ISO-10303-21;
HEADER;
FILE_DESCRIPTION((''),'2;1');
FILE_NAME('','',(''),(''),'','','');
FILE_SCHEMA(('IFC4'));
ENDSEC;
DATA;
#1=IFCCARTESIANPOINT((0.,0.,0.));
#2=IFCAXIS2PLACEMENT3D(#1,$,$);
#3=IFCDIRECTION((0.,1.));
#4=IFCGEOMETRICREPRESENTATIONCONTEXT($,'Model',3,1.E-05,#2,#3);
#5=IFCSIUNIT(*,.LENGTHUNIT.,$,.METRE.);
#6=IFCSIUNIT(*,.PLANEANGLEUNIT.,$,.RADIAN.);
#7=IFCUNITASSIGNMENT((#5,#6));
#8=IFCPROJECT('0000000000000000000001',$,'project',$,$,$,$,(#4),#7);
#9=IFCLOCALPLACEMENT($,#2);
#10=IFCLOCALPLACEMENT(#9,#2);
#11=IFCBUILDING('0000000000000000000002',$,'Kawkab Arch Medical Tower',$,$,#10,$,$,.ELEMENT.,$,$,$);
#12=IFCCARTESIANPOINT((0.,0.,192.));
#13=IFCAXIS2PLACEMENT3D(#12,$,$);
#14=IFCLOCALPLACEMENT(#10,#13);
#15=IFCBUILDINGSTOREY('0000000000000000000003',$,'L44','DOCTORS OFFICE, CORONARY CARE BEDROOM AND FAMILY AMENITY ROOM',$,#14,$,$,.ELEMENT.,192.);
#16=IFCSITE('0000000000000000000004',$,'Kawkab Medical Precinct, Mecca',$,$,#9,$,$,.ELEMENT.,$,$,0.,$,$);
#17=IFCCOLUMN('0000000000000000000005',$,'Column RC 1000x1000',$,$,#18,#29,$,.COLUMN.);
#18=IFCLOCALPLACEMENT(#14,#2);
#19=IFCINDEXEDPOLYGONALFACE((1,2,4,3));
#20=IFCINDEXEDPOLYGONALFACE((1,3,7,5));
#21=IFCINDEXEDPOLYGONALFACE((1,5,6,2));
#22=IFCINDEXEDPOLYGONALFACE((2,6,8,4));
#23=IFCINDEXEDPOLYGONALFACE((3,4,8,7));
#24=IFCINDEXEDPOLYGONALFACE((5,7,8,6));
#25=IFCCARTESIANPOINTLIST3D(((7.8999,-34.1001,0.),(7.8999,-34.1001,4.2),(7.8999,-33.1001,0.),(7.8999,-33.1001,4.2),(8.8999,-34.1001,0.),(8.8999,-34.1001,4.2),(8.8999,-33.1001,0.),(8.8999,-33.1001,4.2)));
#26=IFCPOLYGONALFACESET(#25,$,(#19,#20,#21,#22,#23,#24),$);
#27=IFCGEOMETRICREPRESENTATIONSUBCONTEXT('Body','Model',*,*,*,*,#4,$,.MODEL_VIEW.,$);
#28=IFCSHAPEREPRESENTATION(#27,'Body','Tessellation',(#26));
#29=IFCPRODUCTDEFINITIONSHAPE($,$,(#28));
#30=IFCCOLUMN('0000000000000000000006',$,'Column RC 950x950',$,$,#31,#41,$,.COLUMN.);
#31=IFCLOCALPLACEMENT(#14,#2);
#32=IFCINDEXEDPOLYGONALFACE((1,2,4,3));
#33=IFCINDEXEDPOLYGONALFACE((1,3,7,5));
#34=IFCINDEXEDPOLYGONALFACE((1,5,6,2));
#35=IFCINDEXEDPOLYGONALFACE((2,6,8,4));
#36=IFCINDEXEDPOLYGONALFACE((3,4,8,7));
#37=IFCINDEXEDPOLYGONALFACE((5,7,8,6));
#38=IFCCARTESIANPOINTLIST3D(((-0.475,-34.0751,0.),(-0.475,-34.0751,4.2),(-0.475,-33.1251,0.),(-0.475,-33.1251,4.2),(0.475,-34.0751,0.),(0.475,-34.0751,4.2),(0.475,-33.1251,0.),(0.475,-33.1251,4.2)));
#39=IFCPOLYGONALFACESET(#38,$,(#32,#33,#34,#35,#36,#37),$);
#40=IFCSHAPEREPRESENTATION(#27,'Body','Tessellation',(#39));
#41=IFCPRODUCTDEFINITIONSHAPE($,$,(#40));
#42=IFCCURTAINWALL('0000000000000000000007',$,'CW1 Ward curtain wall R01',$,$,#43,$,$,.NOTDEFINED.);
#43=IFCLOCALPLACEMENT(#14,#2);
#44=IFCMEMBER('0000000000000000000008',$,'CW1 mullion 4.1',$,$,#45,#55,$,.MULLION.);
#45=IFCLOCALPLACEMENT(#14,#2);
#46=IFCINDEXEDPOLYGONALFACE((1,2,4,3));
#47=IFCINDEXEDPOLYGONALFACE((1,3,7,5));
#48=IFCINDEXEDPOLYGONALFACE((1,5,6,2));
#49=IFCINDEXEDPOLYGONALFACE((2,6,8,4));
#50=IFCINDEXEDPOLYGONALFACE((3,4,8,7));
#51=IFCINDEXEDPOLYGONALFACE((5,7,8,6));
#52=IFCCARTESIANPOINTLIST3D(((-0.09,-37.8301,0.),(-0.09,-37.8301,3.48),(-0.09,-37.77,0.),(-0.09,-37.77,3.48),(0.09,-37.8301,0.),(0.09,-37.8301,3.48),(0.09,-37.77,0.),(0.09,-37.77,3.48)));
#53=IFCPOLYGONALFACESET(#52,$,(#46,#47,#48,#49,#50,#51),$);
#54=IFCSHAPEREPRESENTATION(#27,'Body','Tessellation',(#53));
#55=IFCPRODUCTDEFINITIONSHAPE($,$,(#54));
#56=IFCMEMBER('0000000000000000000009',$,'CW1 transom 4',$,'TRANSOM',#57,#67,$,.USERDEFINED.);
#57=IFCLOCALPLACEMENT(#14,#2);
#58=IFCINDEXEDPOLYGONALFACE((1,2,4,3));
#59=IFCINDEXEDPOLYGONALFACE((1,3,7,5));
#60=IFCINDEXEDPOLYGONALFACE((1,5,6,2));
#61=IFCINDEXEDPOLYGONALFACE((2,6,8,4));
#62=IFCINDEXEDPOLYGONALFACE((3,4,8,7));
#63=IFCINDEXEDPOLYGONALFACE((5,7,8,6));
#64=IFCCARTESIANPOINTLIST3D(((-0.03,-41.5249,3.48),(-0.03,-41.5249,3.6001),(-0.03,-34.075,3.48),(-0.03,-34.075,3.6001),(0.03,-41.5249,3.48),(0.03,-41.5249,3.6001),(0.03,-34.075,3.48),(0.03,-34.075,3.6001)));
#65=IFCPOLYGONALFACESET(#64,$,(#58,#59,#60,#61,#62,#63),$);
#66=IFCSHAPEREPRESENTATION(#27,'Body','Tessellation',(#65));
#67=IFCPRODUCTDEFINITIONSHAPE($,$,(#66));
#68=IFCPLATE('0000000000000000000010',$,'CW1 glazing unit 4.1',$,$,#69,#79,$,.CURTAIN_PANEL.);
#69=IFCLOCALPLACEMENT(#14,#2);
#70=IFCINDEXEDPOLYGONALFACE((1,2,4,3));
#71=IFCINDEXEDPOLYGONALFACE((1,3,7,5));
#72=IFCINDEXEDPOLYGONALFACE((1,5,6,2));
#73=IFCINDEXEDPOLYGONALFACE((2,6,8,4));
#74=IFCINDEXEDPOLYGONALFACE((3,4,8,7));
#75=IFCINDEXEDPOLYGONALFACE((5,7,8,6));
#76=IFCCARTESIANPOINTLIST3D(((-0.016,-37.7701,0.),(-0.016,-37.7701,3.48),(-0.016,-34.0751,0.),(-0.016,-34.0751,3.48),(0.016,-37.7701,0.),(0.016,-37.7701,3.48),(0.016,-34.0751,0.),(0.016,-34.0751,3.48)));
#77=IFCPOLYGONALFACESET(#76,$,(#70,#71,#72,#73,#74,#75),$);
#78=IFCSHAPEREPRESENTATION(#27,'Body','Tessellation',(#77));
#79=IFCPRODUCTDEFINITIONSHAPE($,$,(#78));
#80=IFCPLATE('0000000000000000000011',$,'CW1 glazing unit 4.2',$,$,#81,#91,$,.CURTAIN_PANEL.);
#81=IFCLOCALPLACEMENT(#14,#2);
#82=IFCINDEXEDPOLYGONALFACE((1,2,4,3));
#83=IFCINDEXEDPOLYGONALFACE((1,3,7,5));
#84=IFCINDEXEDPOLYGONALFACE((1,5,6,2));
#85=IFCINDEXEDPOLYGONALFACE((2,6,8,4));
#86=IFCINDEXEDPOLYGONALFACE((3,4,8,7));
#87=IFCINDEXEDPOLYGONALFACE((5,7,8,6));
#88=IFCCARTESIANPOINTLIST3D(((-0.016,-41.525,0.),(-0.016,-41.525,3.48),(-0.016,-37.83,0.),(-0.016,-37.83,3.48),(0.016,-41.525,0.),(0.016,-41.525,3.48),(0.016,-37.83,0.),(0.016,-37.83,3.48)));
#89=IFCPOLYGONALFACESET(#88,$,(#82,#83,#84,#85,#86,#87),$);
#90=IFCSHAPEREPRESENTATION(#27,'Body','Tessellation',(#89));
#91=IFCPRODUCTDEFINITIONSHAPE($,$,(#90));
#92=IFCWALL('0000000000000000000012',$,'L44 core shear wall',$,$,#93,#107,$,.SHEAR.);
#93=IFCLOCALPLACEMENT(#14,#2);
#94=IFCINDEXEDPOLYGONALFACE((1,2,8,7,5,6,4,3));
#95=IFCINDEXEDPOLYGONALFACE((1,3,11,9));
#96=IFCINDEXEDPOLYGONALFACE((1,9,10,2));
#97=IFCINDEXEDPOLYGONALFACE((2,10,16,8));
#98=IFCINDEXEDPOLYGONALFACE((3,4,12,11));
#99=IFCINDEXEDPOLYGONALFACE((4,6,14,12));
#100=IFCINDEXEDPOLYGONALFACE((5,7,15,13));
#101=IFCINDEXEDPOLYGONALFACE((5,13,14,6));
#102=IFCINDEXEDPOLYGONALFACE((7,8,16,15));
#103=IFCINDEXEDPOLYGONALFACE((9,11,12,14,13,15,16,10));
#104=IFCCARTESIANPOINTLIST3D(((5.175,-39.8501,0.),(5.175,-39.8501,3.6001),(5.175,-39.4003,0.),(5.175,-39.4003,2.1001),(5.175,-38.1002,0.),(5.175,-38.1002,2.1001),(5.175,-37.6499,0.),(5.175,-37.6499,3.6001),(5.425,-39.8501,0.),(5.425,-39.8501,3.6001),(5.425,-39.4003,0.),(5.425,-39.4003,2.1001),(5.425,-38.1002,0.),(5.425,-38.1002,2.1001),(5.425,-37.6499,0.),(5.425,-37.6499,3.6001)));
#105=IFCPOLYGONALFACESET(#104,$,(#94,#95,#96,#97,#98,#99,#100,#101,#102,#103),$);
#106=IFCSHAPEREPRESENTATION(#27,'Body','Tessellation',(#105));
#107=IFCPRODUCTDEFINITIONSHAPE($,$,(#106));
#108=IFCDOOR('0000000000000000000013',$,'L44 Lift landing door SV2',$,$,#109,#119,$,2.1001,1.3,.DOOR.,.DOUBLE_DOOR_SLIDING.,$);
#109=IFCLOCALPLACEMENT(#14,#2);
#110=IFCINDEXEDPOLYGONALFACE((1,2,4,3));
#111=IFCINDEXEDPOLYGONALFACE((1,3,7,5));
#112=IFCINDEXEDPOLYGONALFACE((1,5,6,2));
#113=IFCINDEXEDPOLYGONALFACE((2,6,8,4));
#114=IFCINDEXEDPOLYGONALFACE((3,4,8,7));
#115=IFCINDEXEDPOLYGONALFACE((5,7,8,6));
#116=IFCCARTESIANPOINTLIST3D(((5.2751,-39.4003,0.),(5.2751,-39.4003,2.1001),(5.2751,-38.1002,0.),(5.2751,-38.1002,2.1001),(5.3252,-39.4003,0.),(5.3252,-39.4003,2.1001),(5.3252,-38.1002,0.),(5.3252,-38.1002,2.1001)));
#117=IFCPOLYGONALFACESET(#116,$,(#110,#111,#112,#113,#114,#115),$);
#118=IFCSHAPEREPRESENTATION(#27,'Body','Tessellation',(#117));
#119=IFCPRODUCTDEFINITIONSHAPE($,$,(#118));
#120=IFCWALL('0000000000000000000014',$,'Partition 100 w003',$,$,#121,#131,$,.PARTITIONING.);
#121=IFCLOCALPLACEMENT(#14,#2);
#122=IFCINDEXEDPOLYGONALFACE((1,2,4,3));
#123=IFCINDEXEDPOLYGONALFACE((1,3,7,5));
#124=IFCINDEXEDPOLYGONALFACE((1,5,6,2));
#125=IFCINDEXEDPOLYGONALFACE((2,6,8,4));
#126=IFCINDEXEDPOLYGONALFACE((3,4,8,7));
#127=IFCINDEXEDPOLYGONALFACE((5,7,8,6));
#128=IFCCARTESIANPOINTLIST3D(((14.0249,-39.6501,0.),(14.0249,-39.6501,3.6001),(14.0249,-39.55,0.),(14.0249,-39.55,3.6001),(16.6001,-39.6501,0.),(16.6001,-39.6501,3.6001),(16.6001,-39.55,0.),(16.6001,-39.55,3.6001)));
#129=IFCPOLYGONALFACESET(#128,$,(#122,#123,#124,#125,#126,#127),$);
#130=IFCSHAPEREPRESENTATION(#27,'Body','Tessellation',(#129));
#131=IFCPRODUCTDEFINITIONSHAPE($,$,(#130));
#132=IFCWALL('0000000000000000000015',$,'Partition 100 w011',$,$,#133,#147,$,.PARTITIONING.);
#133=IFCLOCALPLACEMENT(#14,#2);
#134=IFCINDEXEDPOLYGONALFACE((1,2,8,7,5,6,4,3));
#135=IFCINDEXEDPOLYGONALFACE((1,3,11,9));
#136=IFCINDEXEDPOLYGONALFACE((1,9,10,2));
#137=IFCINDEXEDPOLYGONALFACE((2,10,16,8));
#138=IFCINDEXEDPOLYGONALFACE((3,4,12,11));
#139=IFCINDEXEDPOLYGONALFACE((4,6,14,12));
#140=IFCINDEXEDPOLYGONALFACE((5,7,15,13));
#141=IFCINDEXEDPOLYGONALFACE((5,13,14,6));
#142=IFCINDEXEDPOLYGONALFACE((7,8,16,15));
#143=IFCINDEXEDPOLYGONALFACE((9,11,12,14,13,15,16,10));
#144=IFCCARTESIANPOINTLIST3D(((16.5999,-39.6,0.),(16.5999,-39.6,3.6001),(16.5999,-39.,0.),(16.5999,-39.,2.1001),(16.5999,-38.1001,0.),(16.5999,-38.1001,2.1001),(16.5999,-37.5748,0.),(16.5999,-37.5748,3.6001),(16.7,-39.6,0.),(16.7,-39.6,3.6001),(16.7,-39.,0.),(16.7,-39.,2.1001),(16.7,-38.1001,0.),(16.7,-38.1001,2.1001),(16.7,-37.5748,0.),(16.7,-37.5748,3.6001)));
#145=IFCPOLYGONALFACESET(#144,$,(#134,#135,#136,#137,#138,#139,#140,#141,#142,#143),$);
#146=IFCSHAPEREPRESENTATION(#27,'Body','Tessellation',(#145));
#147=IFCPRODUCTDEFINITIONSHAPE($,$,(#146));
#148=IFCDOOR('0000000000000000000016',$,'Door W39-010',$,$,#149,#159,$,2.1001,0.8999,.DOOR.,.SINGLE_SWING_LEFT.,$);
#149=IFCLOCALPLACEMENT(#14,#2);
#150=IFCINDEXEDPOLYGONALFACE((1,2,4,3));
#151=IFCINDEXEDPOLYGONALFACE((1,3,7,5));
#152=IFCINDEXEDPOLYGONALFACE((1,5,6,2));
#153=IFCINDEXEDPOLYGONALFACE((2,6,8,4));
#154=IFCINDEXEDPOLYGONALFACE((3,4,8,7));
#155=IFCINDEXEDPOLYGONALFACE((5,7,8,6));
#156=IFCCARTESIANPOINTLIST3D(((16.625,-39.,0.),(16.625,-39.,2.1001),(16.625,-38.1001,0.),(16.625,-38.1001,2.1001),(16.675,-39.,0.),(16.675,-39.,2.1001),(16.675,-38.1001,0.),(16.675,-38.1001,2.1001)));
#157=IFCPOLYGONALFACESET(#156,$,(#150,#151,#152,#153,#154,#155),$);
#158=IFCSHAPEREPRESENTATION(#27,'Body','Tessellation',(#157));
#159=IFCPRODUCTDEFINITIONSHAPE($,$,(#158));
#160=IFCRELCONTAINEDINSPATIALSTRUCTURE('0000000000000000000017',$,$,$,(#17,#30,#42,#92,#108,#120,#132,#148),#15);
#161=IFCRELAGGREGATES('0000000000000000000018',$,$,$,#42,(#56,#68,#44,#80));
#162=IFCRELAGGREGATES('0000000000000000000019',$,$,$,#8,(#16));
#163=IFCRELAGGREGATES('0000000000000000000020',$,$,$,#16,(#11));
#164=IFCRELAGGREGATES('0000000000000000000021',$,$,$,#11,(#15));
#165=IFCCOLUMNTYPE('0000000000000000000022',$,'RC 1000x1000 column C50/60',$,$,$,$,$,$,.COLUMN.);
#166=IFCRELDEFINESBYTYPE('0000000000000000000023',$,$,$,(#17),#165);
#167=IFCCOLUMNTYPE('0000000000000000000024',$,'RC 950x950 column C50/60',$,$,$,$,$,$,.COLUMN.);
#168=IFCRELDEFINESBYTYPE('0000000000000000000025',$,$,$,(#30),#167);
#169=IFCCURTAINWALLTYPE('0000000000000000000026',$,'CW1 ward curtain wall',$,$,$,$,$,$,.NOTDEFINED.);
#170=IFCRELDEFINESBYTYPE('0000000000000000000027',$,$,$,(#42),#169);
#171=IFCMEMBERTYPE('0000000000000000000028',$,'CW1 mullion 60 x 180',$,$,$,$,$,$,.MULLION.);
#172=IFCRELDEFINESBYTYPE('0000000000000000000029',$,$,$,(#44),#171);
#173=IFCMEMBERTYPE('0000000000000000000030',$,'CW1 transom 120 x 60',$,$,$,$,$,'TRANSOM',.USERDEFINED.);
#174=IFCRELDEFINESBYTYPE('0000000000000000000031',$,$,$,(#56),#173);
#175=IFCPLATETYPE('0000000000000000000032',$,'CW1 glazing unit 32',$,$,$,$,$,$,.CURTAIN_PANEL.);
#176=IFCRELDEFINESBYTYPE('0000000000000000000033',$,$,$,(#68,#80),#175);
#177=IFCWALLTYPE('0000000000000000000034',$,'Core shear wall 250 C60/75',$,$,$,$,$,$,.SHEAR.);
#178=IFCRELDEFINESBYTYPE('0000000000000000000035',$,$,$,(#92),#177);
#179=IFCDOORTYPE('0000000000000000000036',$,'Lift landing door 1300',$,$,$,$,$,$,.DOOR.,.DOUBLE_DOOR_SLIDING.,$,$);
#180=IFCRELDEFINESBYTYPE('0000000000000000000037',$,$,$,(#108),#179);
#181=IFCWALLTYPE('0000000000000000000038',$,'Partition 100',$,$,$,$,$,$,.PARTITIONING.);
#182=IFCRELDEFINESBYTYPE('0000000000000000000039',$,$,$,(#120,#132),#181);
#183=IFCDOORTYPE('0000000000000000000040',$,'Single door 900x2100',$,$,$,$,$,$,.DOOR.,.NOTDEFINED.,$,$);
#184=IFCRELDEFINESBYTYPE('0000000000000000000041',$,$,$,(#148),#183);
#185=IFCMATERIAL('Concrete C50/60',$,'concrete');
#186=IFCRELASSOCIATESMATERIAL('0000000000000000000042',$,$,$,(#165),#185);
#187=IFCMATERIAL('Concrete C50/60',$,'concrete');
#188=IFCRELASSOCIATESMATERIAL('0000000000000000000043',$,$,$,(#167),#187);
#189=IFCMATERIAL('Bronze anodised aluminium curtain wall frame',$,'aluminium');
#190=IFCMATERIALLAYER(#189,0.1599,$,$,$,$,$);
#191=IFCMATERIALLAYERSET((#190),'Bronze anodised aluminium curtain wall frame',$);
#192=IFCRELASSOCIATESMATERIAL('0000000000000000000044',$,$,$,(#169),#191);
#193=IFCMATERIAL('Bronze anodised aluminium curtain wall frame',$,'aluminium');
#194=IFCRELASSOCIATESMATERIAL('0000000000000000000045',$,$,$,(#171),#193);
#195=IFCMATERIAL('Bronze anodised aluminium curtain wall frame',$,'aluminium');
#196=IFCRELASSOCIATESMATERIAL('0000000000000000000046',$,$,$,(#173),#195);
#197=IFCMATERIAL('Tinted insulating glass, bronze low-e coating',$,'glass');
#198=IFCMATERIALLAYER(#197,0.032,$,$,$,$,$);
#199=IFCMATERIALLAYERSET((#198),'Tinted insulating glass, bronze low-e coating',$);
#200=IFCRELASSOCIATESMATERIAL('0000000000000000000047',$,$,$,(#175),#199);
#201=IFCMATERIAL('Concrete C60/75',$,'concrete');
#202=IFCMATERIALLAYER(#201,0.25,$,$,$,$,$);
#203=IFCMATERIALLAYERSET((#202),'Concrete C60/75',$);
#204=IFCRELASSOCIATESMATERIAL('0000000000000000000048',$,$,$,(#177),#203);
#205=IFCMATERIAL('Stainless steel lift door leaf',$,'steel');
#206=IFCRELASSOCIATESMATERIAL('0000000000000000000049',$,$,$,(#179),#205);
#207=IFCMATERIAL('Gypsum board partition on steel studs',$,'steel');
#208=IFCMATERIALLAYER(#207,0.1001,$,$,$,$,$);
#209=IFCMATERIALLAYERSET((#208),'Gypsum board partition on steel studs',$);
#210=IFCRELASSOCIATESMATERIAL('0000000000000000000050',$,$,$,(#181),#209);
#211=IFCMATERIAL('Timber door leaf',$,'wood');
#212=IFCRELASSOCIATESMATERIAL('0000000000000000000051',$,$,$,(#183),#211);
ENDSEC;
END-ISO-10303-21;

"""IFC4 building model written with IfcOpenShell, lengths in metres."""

from ifc_helpers import new_model, si_unit, direction, frame, frame_2d, origin, origin_2d, place, context, subcontext, project, spatial, rectangle, extrude, material, layer, layer_set, material_profile, profile_set, type_object, element, fill, aggregate, save


model = new_model("IFC4")

# Units and contexts
model_context = context("Model", 3, precision=1e-05, world=origin(), true_north=direction((0.0, 1.0)))
body_context = subcontext(model_context, "Body", "Model", "MODEL_VIEW")
ifc_project = project(units=[si_unit("LENGTHUNIT", "METRE"), si_unit("PLANEANGLEUNIT", "RADIAN")], contexts=[model_context])

# Site, building, storey
site_placement = place(None, origin())
site = spatial("IfcSite", under=ifc_project, at=site_placement, Name="Kawkab Medical Precinct, Mecca", CompositionType="ELEMENT", RefElevation=0.0)
building_placement = place(site_placement, origin())
building = spatial("IfcBuilding", under=site, at=building_placement, Name="Kawkab Arch Medical Tower", CompositionType="ELEMENT")
storey_placement = place(building_placement, frame((0.0, 0.0, 192.0)))
storey = spatial("IfcBuildingStorey", under=building, at=storey_placement, Name="L44", Description="DOCTORS OFFICE, CORONARY CARE BEDROOM AND FAMILY AMENITY ROOM", CompositionType="ELEMENT", Elevation=192.0)

# Columns
ifc_material_1 = material(Name="Concrete C50/60", Category="concrete")
ifc_material_profile_1 = material_profile(ifc_material_1, rectangle(XDim=1.0, YDim=1.0, at=origin_2d()), Name="RC 1000x1000")
ifc_profile_set_1 = profile_set([ifc_material_profile_1], Name="Concrete C50/60")
column_type_1 = type_object("IfcColumnType", Name="RC 1000x1000 column C50/60", PredefinedType="COLUMN", material=ifc_profile_set_1)
column_1_placement = place(storey_placement, frame((8.3999, -33.6001, 0.0), z_axis=(0.0, 0.0, 1.0), x_axis=(1.0, 0.0, 0.0)))
element("IfcColumn", 1, at=column_1_placement, inside=storey, type_object=column_type_1, Name="Column RC 1000x1000", PredefinedType="COLUMN", context=body_context, shape_type="SweptSolid", body=[
    extrude(rectangle(XDim=1.0, YDim=1.0, at=origin_2d()), origin(), (0.0, 0.0, 1.0), 4.2),
])
ifc_material_2 = material(Name="Concrete C50/60", Category="concrete")
ifc_material_profile_2 = material_profile(ifc_material_2, rectangle(XDim=0.95, YDim=0.95, at=origin_2d()), Name="RC 950x950")
ifc_profile_set_2 = profile_set([ifc_material_profile_2], Name="Concrete C50/60")
column_type_2 = type_object("IfcColumnType", Name="RC 950x950 column C50/60", PredefinedType="COLUMN", material=ifc_profile_set_2)
column_2_placement = place(storey_placement, frame((0.0, -33.6001, 0.0), z_axis=(0.0, 0.0, 1.0), x_axis=(1.0, 0.0, 0.0)))
element("IfcColumn", 2, at=column_2_placement, inside=storey, type_object=column_type_2, Name="Column RC 950x950", PredefinedType="COLUMN", context=body_context, shape_type="SweptSolid", body=[
    extrude(rectangle(XDim=0.95, YDim=0.95, at=origin_2d()), origin(), (0.0, 0.0, 1.0), 4.2),
])

# Curtain wall, members, plates
ifc_material_3 = material(Name="Bronze anodised aluminium curtain wall frame", Category="aluminium")
ifc_layer_1 = layer(ifc_material_3, 0.1599)
ifc_layer_set_1 = layer_set([ifc_layer_1], Name="Bronze anodised aluminium curtain wall frame")
curtain_wall_type = type_object("IfcCurtainWallType", Name="CW1 ward curtain wall", PredefinedType="NOTDEFINED", material=ifc_layer_set_1)
placement = place(storey_placement, origin())
curtain_wall = element("IfcCurtainWall", 3, at=placement, inside=storey, type_object=curtain_wall_type, Name="CW1 Ward curtain wall R01", PredefinedType="NOTDEFINED")
ifc_material_4 = material(Name="Bronze anodised aluminium curtain wall frame", Category="aluminium")
ifc_material_profile_3 = material_profile(ifc_material_4, rectangle(XDim=0.1799, YDim=0.0601, at=origin_2d()), Name="AL 60x180")
ifc_profile_set_3 = profile_set([ifc_material_profile_3], Name="Bronze anodised aluminium curtain wall frame")
member_type_1 = type_object("IfcMemberType", Name="CW1 mullion 60 x 180", PredefinedType="MULLION", material=ifc_profile_set_3)
member_1_placement = place(storey_placement, frame((0.0, -37.8, 0.0), z_axis=(0.0, 0.0, 1.0), x_axis=(1.0, 0.0, 0.0)))
member_1 = element("IfcMember", 4, at=member_1_placement, type_object=member_type_1, Name="CW1 mullion 4.1", PredefinedType="MULLION", context=body_context, shape_type="SweptSolid", body=[
    extrude(rectangle(XDim=0.1799, YDim=0.0601, at=origin_2d()), origin(), (0.0, 0.0, 1.0), 3.48),
])
ifc_material_5 = material(Name="Bronze anodised aluminium curtain wall frame", Category="aluminium")
ifc_material_profile_4 = material_profile(ifc_material_5, rectangle(XDim=0.0601, YDim=0.1201, at=origin_2d()), Name="AL 60x120")
ifc_profile_set_4 = profile_set([ifc_material_profile_4], Name="Bronze anodised aluminium curtain wall frame")
member_type_2 = type_object("IfcMemberType", Name="CW1 transom 120 x 60", ElementType="TRANSOM", PredefinedType="USERDEFINED", material=ifc_profile_set_4)
member_2_placement = place(storey_placement, frame((0.0, -34.075, 3.54), z_axis=(0.0, -1.0, 0.0), x_axis=(1.0, 0.0, 0.0)))
member_2 = element("IfcMember", 5, at=member_2_placement, type_object=member_type_2, Name="CW1 transom 4", ObjectType="TRANSOM", PredefinedType="USERDEFINED", context=body_context, shape_type="SweptSolid", body=[
    extrude(rectangle(XDim=0.0601, YDim=0.1201, at=origin_2d()), origin(), (0.0, 0.0, 1.0), 7.45),
])
ifc_material_6 = material(Name="Tinted insulating glass, bronze low-e coating", Category="glass")
ifc_layer_2 = layer(ifc_material_6, 0.032)
ifc_layer_set_2 = layer_set([ifc_layer_2], Name="Tinted insulating glass, bronze low-e coating")
plate_type = type_object("IfcPlateType", Name="CW1 glazing unit 32", PredefinedType="CURTAIN_PANEL", material=ifc_layer_set_2)
plate_1_placement = place(storey_placement, frame((0.0, -35.9226, 0.0), z_axis=(0.0, 0.0, 1.0), x_axis=(0.0, -1.0, 0.0)))
plate_1 = element("IfcPlate", 6, at=plate_1_placement, type_object=plate_type, Name="CW1 glazing unit 4.1", PredefinedType="CURTAIN_PANEL", context=body_context, shape_type="SweptSolid", body=[
    extrude(rectangle(XDim=3.6951, YDim=0.032, at=origin_2d()), origin(), (0.0, 0.0, 1.0), 3.48),
])
plate_2_placement = place(storey_placement, frame((0.0, -39.6775, 0.0), z_axis=(0.0, 0.0, 1.0), x_axis=(0.0, -1.0, 0.0)))
plate_2 = element("IfcPlate", 7, at=plate_2_placement, type_object=plate_type, Name="CW1 glazing unit 4.2", PredefinedType="CURTAIN_PANEL", context=body_context, shape_type="SweptSolid", body=[
    extrude(rectangle(XDim=3.6951, YDim=0.032, at=origin_2d()), origin(), (0.0, 0.0, 1.0), 3.48),
])
aggregate(curtain_wall, [member_2, plate_1, member_1, plate_2])

# Wall, opening, door
ifc_material_7 = material(Name="Concrete C60/75", Category="concrete")
ifc_layer_3 = layer(ifc_material_7, 0.25)
ifc_layer_set_3 = layer_set([ifc_layer_3], Name="Concrete C60/75")
wall_type_1 = type_object("IfcWallType", Name="Core shear wall 250 C60/75", PredefinedType="SHEAR", material=ifc_layer_set_3)
wall_1_placement = place(storey_placement, frame((5.3, -39.8501, 0.0), z_axis=(0.0, 0.0, 1.0), x_axis=(0.0, 1.0, 0.0)))
wall_1 = element("IfcWall", 8, at=wall_1_placement, inside=storey, type_object=wall_type_1, Name="L44 core shear wall", PredefinedType="SHEAR", context=body_context, shape_type="SweptSolid", body=[
    extrude(rectangle(XDim=2.2002, YDim=0.25, at=frame_2d((1.1001, 0.0))), origin(), (0.0, 0.0, 1.0), 3.6001),
])
opening_1_placement = place(wall_1_placement, frame((0.45, 0.0, 0.0)))
opening_1 = element("IfcOpeningElement", 9, at=opening_1_placement, cuts=wall_1, PredefinedType="OPENING", context=body_context, shape_type="SweptSolid", body=[
    extrude(rectangle(XDim=1.3, YDim=2.1001, at=frame_2d((0.6499, 1.05))), frame((0.0, 0.135, 0.0), z_axis=(0.0, -1.0, 0.0), x_axis=(1.0, 0.0, 0.0)), (0.0, 0.0, 1.0), 0.27),
])
ifc_material_8 = material(Name="Stainless steel lift door leaf", Category="steel")
door_type_1 = type_object("IfcDoorType", Name="Lift landing door 1300", OperationType="DOUBLE_DOOR_SLIDING", PredefinedType="DOOR", material=ifc_material_8)
door_1_placement = place(opening_1_placement, origin())
door_1 = element("IfcDoor", 10, at=door_1_placement, inside=storey, type_object=door_type_1, Name="L44 Lift landing door SV2", OperationType="DOUBLE_DOOR_SLIDING", OverallHeight=2.1001, OverallWidth=1.3, PredefinedType="DOOR", context=body_context, shape_type="SweptSolid", body=[
    extrude(rectangle(XDim=1.3, YDim=2.1001, at=frame_2d((0.6499, 1.05))), frame((0.0, 0.0249, 0.0), z_axis=(0.0, -1.0, 0.0), x_axis=(1.0, 0.0, 0.0)), (0.0, 0.0, 1.0), 0.05),
])
fill(opening_1, door_1)

# Wall
ifc_material_9 = material(Name="Gypsum board partition on steel studs", Category="steel")
ifc_layer_4 = layer(ifc_material_9, 0.1001)
ifc_layer_set_4 = layer_set([ifc_layer_4], Name="Gypsum board partition on steel studs")
wall_type_2 = type_object("IfcWallType", Name="Partition 100", PredefinedType="PARTITIONING", material=ifc_layer_set_4)
wall_2_placement = place(storey_placement, frame((14.0249, -39.6001, 0.0), z_axis=(0.0, 0.0, 1.0), x_axis=(1.0, 0.0, 0.0)))
element("IfcWall", 11, at=wall_2_placement, inside=storey, type_object=wall_type_2, Name="Partition 100 w003", PredefinedType="PARTITIONING", context=body_context, shape_type="SweptSolid", body=[
    extrude(rectangle(XDim=2.5752, YDim=0.1001, at=frame_2d((1.2876, 0.0))), origin(), (0.0, 0.0, 1.0), 3.6001),
])

# Wall, opening, door
wall_3_placement = place(storey_placement, frame((16.6499, -39.6001, 0.0), z_axis=(0.0, 0.0, 1.0), x_axis=(0.0, 1.0, 0.0)))
wall_3 = element("IfcWall", 12, at=wall_3_placement, inside=storey, type_object=wall_type_2, Name="Partition 100 w011", PredefinedType="PARTITIONING", context=body_context, shape_type="SweptSolid", body=[
    extrude(rectangle(XDim=2.0251, YDim=0.1001, at=frame_2d((1.0127, 0.0))), origin(), (0.0, 0.0, 1.0), 3.6001),
])
opening_2_placement = place(wall_3_placement, frame((0.6001, 0.0, 0.0)))
opening_2 = element("IfcOpeningElement", 13, at=opening_2_placement, cuts=wall_3, PredefinedType="OPENING", context=body_context, shape_type="SweptSolid", body=[
    extrude(rectangle(XDim=0.8999, YDim=2.1001, at=frame_2d((0.45, 1.05))), frame((0.0, 0.0601, 0.0), z_axis=(0.0, -1.0, 0.0), x_axis=(1.0, 0.0, 0.0)), (0.0, 0.0, 1.0), 0.1201),
])
ifc_material_10 = material(Name="Timber door leaf", Category="wood")
door_type_2 = type_object("IfcDoorType", Name="Single door 900x2100", OperationType="NOTDEFINED", PredefinedType="DOOR", material=ifc_material_10)
door_2_placement = place(opening_2_placement, origin())
door_2 = element("IfcDoor", 14, at=door_2_placement, inside=storey, type_object=door_type_2, Name="Door W39-010", OperationType="SINGLE_SWING_LEFT", OverallHeight=2.1001, OverallWidth=0.8999, PredefinedType="DOOR", context=body_context, shape_type="SweptSolid", body=[
    extrude(rectangle(XDim=0.8999, YDim=2.1001, at=frame_2d((0.45, 1.05))), frame((0.0, 0.0249, 0.0), z_axis=(0.0, -1.0, 0.0), x_axis=(1.0, 0.0, 0.0)), (0.0, 0.0, 1.0), 0.05),
])
fill(opening_2, door_2)

save(model, "model.ifc")
